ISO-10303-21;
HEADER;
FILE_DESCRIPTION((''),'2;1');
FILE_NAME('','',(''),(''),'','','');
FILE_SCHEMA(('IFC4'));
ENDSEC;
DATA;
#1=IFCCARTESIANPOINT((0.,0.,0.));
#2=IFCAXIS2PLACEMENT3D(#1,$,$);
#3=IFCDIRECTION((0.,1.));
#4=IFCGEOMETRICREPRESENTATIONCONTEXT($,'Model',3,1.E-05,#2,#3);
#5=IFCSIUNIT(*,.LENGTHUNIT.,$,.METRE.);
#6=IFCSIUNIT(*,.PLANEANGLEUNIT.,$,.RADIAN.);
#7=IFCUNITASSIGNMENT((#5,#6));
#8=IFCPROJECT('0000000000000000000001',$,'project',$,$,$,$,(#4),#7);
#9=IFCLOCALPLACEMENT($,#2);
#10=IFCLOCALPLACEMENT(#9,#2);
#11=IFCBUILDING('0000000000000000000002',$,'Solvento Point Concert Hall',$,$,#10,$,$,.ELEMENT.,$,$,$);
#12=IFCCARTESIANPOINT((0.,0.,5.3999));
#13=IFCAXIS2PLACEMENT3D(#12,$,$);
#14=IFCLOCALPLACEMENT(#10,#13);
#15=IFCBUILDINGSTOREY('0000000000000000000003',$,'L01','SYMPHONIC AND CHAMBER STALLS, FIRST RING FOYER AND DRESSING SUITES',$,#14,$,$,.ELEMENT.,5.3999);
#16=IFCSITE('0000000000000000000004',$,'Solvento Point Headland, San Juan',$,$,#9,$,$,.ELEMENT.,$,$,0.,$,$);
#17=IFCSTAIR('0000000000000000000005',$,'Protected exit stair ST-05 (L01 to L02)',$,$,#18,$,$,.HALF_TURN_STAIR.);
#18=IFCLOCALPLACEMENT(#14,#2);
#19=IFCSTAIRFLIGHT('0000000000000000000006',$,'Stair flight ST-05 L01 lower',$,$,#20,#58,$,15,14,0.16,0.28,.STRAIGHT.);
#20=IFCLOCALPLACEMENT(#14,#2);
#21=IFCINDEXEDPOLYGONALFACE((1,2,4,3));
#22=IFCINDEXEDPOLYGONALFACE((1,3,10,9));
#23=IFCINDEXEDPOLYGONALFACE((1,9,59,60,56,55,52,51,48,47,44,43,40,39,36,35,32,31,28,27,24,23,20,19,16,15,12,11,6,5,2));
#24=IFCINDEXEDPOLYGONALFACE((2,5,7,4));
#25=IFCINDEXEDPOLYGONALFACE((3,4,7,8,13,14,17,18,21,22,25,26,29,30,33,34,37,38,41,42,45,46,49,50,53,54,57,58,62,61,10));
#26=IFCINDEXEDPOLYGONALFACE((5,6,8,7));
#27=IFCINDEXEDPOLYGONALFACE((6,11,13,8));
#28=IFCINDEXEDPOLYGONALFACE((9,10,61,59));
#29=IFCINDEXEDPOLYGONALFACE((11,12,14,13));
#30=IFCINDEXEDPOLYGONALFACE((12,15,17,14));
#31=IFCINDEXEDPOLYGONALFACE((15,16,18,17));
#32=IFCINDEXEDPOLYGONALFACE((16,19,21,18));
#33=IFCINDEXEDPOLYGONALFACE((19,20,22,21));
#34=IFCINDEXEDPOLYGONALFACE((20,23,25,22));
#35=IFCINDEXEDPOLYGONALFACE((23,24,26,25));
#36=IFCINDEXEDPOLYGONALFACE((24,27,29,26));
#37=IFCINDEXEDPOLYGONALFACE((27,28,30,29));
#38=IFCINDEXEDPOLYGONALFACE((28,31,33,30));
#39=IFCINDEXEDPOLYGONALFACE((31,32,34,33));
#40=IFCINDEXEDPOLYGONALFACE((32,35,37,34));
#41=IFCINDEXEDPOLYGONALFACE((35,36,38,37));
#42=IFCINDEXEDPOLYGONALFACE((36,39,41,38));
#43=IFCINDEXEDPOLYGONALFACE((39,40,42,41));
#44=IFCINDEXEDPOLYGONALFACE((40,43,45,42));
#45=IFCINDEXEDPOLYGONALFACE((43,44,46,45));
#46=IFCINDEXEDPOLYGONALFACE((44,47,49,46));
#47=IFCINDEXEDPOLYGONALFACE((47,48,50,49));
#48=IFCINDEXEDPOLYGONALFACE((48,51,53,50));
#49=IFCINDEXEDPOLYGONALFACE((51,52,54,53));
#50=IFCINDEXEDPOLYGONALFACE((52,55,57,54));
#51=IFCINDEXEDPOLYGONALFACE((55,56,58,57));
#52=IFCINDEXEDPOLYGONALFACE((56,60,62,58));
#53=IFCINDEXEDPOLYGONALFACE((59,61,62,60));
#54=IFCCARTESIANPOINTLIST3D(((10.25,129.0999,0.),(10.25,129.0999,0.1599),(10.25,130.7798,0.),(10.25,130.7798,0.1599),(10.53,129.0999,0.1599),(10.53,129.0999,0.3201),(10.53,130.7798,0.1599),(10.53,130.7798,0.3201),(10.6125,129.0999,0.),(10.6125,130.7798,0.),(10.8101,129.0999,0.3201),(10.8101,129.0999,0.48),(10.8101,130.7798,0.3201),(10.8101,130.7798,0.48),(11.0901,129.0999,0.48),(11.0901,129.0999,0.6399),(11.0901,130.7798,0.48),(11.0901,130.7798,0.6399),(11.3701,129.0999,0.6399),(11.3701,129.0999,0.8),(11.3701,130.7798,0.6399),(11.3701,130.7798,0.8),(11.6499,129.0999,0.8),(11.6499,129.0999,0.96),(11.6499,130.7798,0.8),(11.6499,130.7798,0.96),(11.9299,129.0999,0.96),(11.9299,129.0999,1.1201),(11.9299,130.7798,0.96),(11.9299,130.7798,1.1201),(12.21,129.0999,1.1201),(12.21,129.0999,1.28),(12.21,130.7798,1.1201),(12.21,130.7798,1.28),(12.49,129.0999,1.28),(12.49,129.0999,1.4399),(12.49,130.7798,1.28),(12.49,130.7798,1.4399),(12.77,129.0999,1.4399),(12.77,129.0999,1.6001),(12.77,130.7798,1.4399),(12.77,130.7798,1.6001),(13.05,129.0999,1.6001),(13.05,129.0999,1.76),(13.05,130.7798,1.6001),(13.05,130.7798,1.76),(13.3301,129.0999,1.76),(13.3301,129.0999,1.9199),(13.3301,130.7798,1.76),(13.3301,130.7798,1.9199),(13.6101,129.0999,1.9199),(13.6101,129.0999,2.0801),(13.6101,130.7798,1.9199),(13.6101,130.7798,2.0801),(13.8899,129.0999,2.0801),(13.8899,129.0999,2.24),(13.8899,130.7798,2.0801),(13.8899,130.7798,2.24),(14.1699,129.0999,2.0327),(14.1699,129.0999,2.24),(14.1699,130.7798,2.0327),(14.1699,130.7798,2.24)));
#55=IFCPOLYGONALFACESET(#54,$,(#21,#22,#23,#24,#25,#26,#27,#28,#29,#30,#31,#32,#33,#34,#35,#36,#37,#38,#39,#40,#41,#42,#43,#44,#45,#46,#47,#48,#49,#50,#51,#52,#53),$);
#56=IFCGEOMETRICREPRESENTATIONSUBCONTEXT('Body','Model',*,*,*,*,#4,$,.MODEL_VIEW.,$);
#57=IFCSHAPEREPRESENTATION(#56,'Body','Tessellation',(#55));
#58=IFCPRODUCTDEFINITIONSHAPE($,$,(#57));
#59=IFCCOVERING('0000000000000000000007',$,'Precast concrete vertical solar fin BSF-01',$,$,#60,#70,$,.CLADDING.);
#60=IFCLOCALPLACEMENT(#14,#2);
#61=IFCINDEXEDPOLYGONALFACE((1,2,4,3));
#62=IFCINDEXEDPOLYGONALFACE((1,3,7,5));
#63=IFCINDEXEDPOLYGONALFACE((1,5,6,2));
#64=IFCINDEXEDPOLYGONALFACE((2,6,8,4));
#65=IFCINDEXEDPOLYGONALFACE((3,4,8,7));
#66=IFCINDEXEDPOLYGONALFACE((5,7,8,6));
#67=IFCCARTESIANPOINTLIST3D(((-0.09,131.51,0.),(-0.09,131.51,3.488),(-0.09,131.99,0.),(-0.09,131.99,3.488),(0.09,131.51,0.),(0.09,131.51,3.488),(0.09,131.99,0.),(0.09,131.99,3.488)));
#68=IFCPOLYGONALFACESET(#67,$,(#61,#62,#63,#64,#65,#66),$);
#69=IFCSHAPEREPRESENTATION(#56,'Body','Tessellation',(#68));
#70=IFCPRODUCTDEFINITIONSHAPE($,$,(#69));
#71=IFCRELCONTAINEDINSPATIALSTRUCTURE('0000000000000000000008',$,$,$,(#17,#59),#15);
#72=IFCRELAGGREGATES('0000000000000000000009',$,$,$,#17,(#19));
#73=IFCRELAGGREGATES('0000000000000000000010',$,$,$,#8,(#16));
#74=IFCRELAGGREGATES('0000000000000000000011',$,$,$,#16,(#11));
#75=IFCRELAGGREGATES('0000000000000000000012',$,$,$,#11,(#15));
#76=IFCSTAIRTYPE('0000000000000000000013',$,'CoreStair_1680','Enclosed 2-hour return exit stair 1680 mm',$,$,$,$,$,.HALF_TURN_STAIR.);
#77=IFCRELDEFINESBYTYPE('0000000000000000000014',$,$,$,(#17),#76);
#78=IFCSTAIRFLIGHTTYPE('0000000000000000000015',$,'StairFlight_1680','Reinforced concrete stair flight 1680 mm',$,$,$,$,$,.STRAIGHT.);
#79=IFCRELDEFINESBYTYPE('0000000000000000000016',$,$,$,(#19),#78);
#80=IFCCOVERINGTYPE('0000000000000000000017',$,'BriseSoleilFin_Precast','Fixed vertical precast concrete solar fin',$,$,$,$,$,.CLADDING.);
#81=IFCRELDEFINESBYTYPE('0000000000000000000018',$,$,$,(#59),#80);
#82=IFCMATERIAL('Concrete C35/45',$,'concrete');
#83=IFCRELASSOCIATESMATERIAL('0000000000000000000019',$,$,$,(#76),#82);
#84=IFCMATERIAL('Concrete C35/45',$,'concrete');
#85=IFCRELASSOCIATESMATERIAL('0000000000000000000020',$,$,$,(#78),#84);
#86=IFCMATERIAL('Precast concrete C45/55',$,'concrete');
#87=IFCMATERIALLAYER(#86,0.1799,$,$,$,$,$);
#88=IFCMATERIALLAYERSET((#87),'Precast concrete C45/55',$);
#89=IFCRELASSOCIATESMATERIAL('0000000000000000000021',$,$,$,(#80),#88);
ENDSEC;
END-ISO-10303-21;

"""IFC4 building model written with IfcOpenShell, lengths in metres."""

from ifc_helpers import new_model, si_unit, direction, frame, origin, origin_2d, place, context, subcontext, project, spatial, polyline, rectangle, outline, extrude, material, layer, layer_set, type_object, element, aggregate, save


model = new_model("IFC4")

# Units and contexts
model_context = context("Model", 3, precision=1e-05, world=origin(), true_north=direction((0.0, 1.0)))
body_context = subcontext(model_context, "Body", "Model", "MODEL_VIEW")
ifc_project = project(units=[si_unit("LENGTHUNIT", "METRE"), si_unit("PLANEANGLEUNIT", "RADIAN")], contexts=[model_context])

# Site, building, storey
site_placement = place(None, origin())
site = spatial("IfcSite", under=ifc_project, at=site_placement, Name="Solvento Point Headland, San Juan", CompositionType="ELEMENT", RefElevation=0.0)
building_placement = place(site_placement, origin())
building = spatial("IfcBuilding", under=site, at=building_placement, Name="Solvento Point Concert Hall", CompositionType="ELEMENT")
storey_placement = place(building_placement, frame((0.0, 0.0, 5.3999)))
storey = spatial("IfcBuildingStorey", under=building, at=storey_placement, Name="L01", Description="SYMPHONIC AND CHAMBER STALLS, FIRST RING FOYER AND DRESSING SUITES", CompositionType="ELEMENT", Elevation=5.3999)

# Stair, stair flight
ifc_material_1 = material(Name="Concrete C35/45", Category="concrete")
stair_type = type_object("IfcStairType", Name="CoreStair_1680", Description="Enclosed 2-hour return exit stair 1680 mm", PredefinedType="HALF_TURN_STAIR", material=ifc_material_1)
stair_placement = place(storey_placement, origin())
stair = element("IfcStair", 1, at=stair_placement, inside=storey, type_object=stair_type, Name="Protected exit stair ST-05 (L01 to L02)", PredefinedType="HALF_TURN_STAIR")
ifc_material_2 = material(Name="Concrete C35/45", Category="concrete")
stair_flight_type = type_object("IfcStairFlightType", Name="StairFlight_1680", Description="Reinforced concrete stair flight 1680 mm", PredefinedType="STRAIGHT", material=ifc_material_2)
stair_flight_placement = place(storey_placement, frame((10.25, 129.9399, 0.0), z_axis=(0.0, 0.0, 1.0), x_axis=(1.0, 0.0, 0.0)))
stair_flight = element("IfcStairFlight", 2, at=stair_flight_placement, type_object=stair_flight_type, Name="Stair flight ST-05 L01 lower", NumberOfRisers=15, NumberOfTreads=14, PredefinedType="STRAIGHT", RiserHeight=0.16, TreadLength=0.28, context=body_context, shape_type="SweptSolid", body=[
    extrude(outline(polyline([(0.0, 0.0), (0.0, 0.1599), (0.28, 0.1599), (0.28, 0.3201), (0.5601, 0.3201), (0.5601, 0.48), (0.8401, 0.48), (0.8401, 0.6399), (1.1201, 0.6399), (1.1201, 0.8), (1.3999, 0.8), (1.3999, 0.96), (1.6799, 0.96), (1.6799, 1.1201), (1.96, 1.1201), (1.96, 1.28), (2.24, 1.28), (2.24, 1.4399), (2.52, 1.4399), (2.52, 1.6001), (2.8, 1.6001), (2.8, 1.76), (3.0801, 1.76), (3.0801, 1.9199), (3.3601, 1.9199), (3.3601, 2.0801), (3.6399, 2.0801), (3.6399, 2.24), (3.9199, 2.24), (3.9199, 2.3999), (3.9199, 2.0327), (0.3625, 0.0), (0.0, 0.0)])), frame((0.0, 0.8398, 0.0), z_axis=(0.0, -1.0, 0.0), x_axis=(1.0, 0.0, 0.0)), (0.0, 0.0, 1.0), 1.6799),
])
aggregate(stair, [stair_flight])

# Covering
ifc_material_3 = material(Name="Precast concrete C45/55", Category="concrete")
ifc_layer_1 = layer(ifc_material_3, 0.1799)
ifc_layer_set_1 = layer_set([ifc_layer_1], Name="Precast concrete C45/55")
covering_type = type_object("IfcCoveringType", Name="BriseSoleilFin_Precast", Description="Fixed vertical precast concrete solar fin", PredefinedType="CLADDING", material=ifc_layer_set_1)
covering_placement = place(storey_placement, frame((0.0, 131.75, 0.0), z_axis=(0.0, 0.0, 1.0), x_axis=(1.0, 0.0, 0.0)))
element("IfcCovering", 3, at=covering_placement, inside=storey, type_object=covering_type, Name="Precast concrete vertical solar fin BSF-01", PredefinedType="CLADDING", context=body_context, shape_type="SweptSolid", body=[
    extrude(rectangle(XDim=0.1799, YDim=0.48, at=origin_2d()), origin(), (0.0, 0.0, 1.0), 3.488),
])

save(model, "model.ifc")
